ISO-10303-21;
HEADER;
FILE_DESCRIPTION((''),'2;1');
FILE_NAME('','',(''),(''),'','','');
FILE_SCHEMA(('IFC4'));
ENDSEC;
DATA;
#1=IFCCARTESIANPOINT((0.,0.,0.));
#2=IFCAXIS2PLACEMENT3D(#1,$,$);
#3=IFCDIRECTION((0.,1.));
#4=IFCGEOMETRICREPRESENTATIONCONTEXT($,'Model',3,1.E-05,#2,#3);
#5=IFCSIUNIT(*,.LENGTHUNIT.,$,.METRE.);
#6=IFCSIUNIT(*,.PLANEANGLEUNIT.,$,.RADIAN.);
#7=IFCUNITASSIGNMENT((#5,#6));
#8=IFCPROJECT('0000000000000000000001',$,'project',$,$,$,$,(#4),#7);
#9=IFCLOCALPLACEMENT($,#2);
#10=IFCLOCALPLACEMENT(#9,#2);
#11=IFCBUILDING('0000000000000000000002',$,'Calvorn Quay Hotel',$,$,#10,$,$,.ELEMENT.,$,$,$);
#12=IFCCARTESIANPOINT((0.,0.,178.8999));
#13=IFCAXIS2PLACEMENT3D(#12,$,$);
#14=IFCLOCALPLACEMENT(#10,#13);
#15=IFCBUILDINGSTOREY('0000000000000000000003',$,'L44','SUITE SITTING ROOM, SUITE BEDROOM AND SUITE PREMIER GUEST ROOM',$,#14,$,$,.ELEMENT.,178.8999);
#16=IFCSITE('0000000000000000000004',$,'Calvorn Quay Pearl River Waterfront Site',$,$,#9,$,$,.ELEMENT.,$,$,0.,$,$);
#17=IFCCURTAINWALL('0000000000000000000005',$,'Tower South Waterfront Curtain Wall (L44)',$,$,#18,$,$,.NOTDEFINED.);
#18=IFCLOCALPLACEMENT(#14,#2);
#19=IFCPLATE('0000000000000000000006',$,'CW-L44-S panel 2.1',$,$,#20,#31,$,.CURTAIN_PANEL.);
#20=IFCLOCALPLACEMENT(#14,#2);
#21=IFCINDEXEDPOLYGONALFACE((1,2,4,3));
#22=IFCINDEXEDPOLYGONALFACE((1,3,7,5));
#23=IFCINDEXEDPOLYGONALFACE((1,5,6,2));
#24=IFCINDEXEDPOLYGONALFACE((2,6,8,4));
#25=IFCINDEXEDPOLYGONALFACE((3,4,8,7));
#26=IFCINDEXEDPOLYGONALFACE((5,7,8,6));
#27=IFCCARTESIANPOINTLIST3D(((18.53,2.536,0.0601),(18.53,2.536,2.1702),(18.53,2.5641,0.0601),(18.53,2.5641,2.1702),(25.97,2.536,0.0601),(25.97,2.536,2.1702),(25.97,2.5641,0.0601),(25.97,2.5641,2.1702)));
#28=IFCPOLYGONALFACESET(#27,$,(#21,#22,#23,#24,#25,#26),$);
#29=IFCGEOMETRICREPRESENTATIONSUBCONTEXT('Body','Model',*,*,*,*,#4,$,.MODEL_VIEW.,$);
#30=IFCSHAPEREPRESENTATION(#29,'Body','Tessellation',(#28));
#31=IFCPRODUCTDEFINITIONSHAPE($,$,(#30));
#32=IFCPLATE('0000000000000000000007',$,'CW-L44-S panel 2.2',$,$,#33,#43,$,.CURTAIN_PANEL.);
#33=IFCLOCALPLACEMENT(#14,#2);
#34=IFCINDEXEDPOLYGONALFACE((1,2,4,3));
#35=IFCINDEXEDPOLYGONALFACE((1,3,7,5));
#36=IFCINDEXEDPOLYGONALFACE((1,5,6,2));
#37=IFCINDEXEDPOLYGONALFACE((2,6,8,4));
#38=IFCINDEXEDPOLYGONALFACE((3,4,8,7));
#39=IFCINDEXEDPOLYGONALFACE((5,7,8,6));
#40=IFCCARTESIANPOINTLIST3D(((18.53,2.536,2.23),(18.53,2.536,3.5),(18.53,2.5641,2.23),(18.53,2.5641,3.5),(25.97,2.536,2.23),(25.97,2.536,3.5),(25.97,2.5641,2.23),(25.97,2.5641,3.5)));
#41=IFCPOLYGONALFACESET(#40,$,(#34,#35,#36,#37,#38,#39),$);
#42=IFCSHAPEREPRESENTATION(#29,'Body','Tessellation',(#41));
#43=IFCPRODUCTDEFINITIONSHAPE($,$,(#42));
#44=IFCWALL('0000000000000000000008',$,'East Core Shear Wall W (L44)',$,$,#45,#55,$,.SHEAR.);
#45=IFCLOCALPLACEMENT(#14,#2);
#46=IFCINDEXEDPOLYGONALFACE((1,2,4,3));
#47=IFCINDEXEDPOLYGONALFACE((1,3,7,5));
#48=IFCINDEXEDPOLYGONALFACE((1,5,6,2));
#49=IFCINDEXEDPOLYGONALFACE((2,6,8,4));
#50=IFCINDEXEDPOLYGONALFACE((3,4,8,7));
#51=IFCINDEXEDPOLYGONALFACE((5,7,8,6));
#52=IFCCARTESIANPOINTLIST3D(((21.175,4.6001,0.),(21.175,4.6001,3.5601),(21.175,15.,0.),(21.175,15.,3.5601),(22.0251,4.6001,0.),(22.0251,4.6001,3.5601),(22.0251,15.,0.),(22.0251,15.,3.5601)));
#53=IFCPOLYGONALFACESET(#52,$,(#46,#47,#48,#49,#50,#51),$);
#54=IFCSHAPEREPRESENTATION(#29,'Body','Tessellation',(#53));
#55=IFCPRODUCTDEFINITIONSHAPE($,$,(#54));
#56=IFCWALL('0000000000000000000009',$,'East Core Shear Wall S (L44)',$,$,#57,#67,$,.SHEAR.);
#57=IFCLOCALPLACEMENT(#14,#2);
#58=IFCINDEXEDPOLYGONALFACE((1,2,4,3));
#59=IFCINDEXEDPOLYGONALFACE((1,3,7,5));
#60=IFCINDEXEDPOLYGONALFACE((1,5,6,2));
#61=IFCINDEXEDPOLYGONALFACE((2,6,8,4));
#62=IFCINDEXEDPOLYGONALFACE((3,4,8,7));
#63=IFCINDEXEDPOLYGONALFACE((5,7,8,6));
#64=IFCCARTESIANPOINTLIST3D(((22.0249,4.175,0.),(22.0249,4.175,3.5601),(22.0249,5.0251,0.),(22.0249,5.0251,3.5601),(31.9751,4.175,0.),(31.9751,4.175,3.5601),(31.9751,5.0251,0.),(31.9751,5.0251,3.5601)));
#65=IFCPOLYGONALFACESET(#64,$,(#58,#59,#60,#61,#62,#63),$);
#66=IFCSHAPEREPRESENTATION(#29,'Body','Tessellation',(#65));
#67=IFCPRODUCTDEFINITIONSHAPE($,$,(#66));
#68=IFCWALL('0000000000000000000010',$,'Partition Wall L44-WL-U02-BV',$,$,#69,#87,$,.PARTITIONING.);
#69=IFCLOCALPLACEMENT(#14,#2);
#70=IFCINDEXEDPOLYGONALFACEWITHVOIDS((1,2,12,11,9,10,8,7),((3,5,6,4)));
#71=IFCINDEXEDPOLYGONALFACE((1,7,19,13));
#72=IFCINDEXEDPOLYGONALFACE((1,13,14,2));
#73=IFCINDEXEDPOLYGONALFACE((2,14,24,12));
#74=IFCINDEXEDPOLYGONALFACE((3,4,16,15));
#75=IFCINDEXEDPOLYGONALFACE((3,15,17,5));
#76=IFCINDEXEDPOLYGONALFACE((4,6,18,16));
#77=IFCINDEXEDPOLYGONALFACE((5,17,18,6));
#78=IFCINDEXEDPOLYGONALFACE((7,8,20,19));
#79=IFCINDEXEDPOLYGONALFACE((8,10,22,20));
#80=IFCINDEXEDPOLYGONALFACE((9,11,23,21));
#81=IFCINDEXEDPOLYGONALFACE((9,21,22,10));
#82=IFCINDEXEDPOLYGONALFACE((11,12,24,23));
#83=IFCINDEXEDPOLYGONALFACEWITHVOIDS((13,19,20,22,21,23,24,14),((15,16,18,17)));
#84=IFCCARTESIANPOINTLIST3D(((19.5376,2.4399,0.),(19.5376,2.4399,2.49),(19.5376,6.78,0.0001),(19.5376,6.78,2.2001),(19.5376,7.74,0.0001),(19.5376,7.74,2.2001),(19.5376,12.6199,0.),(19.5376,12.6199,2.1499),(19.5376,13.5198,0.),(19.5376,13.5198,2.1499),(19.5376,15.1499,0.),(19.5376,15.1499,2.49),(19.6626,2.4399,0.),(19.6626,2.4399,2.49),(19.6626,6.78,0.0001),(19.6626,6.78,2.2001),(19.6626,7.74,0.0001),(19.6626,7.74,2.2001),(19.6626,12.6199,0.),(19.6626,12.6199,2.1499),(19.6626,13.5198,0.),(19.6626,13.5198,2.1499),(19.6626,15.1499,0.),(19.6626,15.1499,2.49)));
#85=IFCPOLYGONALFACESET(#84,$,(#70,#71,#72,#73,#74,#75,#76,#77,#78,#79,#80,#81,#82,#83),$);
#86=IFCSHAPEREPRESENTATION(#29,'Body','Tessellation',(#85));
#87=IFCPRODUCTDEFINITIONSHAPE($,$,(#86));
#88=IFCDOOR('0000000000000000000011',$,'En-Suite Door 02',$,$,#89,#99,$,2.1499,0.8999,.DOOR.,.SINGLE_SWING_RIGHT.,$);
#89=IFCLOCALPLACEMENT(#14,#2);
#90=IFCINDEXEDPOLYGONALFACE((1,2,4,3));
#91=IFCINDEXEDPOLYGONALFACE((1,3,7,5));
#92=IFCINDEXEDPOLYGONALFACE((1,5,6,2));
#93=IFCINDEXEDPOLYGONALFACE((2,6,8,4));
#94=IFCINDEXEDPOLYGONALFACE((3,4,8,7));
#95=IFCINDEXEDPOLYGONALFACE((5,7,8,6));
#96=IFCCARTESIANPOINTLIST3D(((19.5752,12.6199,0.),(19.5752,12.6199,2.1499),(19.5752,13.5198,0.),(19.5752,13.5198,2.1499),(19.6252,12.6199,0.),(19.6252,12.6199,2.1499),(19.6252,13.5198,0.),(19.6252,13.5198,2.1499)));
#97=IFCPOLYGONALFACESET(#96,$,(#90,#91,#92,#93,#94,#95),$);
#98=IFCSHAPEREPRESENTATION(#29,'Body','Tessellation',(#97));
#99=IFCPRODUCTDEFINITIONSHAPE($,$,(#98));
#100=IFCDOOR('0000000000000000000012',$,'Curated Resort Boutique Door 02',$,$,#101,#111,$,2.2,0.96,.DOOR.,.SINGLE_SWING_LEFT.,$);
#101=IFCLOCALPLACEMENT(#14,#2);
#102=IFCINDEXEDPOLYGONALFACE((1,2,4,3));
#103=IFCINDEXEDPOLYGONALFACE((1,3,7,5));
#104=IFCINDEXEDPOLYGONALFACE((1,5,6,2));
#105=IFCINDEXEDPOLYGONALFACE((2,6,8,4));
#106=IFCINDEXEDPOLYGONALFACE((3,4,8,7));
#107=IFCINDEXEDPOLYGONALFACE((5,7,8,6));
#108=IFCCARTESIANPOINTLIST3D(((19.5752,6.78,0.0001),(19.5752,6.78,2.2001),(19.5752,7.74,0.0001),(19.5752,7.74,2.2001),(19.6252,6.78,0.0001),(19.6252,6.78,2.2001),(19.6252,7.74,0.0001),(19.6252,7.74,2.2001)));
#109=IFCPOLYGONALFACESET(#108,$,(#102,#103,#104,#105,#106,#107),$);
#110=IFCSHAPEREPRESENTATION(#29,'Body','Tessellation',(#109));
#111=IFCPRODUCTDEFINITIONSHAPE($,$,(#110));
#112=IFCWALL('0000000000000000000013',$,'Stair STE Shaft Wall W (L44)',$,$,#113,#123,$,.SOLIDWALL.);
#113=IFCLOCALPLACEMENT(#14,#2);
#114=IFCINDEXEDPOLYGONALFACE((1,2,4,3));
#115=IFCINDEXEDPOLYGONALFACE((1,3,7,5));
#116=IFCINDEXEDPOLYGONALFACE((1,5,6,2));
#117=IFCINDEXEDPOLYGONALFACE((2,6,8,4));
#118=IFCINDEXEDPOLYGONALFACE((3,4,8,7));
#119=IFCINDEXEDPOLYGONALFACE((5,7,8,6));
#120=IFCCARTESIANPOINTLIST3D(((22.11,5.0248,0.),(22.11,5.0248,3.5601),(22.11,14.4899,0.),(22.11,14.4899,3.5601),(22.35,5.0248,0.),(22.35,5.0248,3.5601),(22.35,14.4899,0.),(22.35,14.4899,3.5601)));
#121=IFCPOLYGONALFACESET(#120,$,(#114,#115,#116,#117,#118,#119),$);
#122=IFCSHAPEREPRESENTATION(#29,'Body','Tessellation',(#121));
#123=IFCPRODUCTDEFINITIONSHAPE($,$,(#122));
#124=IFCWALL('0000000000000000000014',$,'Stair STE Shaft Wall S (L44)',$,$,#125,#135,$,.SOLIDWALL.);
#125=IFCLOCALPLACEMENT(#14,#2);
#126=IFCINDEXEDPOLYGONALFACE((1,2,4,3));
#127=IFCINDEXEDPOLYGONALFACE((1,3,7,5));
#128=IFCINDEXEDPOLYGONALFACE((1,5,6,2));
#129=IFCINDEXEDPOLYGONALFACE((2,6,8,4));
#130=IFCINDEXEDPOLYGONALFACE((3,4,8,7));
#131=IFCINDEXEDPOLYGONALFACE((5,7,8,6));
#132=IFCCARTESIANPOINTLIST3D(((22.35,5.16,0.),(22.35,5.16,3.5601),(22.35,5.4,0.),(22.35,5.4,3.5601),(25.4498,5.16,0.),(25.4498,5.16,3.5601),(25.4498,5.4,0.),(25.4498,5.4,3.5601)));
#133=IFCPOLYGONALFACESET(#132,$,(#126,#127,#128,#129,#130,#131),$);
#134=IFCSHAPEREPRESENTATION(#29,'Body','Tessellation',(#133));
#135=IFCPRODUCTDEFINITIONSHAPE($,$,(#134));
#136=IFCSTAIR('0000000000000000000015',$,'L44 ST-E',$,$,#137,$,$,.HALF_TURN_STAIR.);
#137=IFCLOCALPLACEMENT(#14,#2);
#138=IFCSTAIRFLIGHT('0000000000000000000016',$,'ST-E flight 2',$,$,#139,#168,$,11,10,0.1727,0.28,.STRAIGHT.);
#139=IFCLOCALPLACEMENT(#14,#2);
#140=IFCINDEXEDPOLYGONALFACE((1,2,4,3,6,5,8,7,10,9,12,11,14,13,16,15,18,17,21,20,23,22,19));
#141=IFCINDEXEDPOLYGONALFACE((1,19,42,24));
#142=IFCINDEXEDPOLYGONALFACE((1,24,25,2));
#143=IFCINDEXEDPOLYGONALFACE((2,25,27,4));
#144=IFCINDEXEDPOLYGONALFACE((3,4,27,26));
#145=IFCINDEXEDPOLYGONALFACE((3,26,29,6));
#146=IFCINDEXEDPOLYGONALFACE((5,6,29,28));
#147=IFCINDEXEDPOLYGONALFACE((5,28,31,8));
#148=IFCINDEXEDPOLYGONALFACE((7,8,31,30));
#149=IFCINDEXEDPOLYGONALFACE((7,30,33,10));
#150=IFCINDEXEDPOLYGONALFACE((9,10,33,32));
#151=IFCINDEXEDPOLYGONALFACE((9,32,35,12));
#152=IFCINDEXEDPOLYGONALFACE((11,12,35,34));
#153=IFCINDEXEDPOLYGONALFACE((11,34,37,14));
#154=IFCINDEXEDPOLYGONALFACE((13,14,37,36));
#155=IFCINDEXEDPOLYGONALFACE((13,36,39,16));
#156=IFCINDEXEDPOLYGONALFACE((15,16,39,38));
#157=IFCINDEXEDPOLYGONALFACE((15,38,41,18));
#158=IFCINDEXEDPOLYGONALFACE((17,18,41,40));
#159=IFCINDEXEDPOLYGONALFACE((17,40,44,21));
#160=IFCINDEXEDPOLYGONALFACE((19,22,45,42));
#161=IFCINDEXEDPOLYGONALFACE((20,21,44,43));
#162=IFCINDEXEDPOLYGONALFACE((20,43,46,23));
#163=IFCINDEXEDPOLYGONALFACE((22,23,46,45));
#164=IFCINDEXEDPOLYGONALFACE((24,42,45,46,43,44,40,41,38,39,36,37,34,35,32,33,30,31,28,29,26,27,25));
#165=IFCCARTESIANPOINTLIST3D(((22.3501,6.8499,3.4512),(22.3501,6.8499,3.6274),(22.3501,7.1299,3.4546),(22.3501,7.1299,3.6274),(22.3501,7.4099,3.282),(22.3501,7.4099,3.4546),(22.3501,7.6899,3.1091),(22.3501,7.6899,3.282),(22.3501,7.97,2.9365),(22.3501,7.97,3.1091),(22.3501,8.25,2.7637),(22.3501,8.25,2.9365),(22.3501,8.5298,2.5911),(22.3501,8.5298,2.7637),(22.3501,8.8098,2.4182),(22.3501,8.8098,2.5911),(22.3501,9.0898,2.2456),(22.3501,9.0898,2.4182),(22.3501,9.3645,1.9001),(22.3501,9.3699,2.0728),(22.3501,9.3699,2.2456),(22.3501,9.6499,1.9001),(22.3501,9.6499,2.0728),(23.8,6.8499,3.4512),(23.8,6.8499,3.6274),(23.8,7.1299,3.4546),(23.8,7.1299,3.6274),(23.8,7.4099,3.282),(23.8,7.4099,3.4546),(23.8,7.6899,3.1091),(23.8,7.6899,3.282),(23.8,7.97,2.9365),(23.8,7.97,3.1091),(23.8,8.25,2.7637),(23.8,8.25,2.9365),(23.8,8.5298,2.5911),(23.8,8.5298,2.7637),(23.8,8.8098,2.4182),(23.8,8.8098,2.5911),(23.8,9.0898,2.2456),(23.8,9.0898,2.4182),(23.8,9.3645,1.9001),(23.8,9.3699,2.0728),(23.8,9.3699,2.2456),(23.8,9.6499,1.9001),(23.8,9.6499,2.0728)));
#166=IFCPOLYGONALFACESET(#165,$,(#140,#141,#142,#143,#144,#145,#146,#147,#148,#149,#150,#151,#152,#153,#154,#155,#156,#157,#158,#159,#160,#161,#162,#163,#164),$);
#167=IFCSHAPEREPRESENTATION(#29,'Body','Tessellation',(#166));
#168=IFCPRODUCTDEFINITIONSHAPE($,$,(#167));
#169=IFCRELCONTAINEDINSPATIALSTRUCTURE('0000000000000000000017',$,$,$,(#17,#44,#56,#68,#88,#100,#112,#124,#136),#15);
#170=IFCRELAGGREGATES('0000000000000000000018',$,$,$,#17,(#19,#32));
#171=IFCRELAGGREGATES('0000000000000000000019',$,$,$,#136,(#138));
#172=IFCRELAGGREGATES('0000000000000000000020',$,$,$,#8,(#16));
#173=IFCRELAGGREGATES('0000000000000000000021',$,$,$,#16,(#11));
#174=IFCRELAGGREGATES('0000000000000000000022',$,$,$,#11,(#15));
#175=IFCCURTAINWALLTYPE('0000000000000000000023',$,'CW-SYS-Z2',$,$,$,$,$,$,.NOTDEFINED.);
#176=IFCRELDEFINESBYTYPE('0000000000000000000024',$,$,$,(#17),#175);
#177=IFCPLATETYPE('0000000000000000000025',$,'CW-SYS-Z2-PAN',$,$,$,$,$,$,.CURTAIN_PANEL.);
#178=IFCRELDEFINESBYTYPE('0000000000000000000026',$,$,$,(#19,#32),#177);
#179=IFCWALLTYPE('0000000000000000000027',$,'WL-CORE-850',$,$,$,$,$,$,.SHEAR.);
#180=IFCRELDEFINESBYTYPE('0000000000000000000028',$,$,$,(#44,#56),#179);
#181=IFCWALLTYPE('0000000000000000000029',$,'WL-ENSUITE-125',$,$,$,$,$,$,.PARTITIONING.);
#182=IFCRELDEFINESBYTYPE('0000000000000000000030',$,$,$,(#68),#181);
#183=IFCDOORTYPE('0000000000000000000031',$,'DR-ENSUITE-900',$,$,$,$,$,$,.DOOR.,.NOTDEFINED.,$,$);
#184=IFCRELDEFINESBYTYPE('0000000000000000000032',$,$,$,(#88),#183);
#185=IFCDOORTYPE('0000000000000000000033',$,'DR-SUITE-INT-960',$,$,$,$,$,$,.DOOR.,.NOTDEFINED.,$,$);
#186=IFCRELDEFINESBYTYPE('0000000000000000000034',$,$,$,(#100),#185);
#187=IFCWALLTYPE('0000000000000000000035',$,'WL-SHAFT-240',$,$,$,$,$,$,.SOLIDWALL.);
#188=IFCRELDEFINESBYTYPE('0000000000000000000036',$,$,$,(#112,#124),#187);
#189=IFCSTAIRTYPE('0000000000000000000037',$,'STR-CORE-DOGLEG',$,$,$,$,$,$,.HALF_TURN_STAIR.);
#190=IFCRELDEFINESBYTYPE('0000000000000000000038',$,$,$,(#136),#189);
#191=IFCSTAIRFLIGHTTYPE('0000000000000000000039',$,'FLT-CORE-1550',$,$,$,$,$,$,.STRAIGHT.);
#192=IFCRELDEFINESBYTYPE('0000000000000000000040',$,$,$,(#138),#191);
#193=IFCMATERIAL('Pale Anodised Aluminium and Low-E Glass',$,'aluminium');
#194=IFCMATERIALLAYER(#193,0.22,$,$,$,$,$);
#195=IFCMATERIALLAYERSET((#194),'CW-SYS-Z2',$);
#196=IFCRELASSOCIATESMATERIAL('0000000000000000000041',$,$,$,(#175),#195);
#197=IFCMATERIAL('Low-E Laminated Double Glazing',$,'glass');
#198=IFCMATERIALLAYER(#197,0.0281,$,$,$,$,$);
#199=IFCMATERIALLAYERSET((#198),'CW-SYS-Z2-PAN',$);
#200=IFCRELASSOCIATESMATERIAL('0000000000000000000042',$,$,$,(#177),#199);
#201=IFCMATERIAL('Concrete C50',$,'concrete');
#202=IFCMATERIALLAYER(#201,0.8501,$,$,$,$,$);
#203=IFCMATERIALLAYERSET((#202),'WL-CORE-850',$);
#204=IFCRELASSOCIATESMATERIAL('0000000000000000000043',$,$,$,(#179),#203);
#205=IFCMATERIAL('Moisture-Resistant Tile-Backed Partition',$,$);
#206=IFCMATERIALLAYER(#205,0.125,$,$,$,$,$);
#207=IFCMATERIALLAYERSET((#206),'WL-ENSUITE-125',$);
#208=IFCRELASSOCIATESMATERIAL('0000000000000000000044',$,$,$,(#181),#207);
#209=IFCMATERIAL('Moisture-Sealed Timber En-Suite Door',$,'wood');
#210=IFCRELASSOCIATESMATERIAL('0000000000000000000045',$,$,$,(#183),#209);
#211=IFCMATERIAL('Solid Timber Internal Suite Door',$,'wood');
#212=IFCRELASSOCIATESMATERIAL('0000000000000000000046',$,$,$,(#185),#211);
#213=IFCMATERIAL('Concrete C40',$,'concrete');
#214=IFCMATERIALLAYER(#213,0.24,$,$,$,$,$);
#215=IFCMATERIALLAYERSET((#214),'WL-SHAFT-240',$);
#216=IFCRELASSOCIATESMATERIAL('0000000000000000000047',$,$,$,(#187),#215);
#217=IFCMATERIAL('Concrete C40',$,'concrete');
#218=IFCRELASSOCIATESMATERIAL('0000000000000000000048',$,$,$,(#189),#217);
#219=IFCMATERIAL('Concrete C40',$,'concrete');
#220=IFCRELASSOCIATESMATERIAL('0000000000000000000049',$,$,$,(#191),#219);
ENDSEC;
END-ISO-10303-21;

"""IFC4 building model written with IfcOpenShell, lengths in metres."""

from ifc_helpers import new_model, si_unit, direction, frame, frame_2d, origin, origin_2d, place, context, subcontext, project, spatial, polyline, rectangle, outline, extrude, material, layer, layer_set, type_object, element, fill, aggregate, save


model = new_model("IFC4")

# Units and contexts
model_context = context("Model", 3, precision=1e-05, world=origin(), true_north=direction((0.0, 1.0)))
body_context = subcontext(model_context, "Body", "Model", "MODEL_VIEW")
ifc_project = project(units=[si_unit("LENGTHUNIT", "METRE"), si_unit("PLANEANGLEUNIT", "RADIAN")], contexts=[model_context])

# Site, building, storey
site_placement = place(None, origin())
site = spatial("IfcSite", under=ifc_project, at=site_placement, Name="Calvorn Quay Pearl River Waterfront Site", CompositionType="ELEMENT", RefElevation=0.0)
building_placement = place(site_placement, origin())
building = spatial("IfcBuilding", under=site, at=building_placement, Name="Calvorn Quay Hotel", CompositionType="ELEMENT")
storey_placement = place(building_placement, frame((0.0, 0.0, 178.8999)))
storey = spatial("IfcBuildingStorey", under=building, at=storey_placement, Name="L44", Description="SUITE SITTING ROOM, SUITE BEDROOM AND SUITE PREMIER GUEST ROOM", CompositionType="ELEMENT", Elevation=178.8999)

# Curtain wall, plates
ifc_material_1 = material(Name="Pale Anodised Aluminium and Low-E Glass", Category="aluminium")
ifc_layer_1 = layer(ifc_material_1, 0.22)
ifc_layer_set_1 = layer_set([ifc_layer_1], Name="CW-SYS-Z2")
curtain_wall_type = type_object("IfcCurtainWallType", Name="CW-SYS-Z2", PredefinedType="NOTDEFINED", material=ifc_layer_set_1)
curtain_wall_placement = place(storey_placement, origin())
curtain_wall = element("IfcCurtainWall", 1, at=curtain_wall_placement, inside=storey, type_object=curtain_wall_type, Name="Tower South Waterfront Curtain Wall (L44)", PredefinedType="NOTDEFINED")
ifc_material_2 = material(Name="Low-E Laminated Double Glazing", Category="glass")
ifc_layer_2 = layer(ifc_material_2, 0.0281)
ifc_layer_set_2 = layer_set([ifc_layer_2], Name="CW-SYS-Z2-PAN")
plate_type = type_object("IfcPlateType", Name="CW-SYS-Z2-PAN", PredefinedType="CURTAIN_PANEL", material=ifc_layer_set_2)
plate_1_placement = place(storey_placement, frame((22.25, 2.55, 0.0601), z_axis=(0.0, 0.0, 1.0), x_axis=(1.0, 0.0, 0.0)))
plate_1 = element("IfcPlate", 2, at=plate_1_placement, type_object=plate_type, Name="CW-L44-S panel 2.1", PredefinedType="CURTAIN_PANEL", context=body_context, shape_type="SweptSolid", body=[
    extrude(rectangle(XDim=7.4399, YDim=0.0281, at=origin_2d()), origin(), (0.0, 0.0, 1.0), 2.1101),
])
plate_2_placement = place(storey_placement, frame((22.25, 2.55, 2.23), z_axis=(0.0, 0.0, 1.0), x_axis=(1.0, 0.0, 0.0)))
plate_2 = element("IfcPlate", 3, at=plate_2_placement, type_object=plate_type, Name="CW-L44-S panel 2.2", PredefinedType="CURTAIN_PANEL", context=body_context, shape_type="SweptSolid", body=[
    extrude(rectangle(XDim=7.4399, YDim=0.0281, at=origin_2d()), origin(), (0.0, 0.0, 1.0), 1.27),
])
aggregate(curtain_wall, [plate_1, plate_2])

# Walls
ifc_material_3 = material(Name="Concrete C50", Category="concrete")
ifc_layer_3 = layer(ifc_material_3, 0.8501)
ifc_layer_set_3 = layer_set([ifc_layer_3], Name="WL-CORE-850")
wall_type_1 = type_object("IfcWallType", Name="WL-CORE-850", PredefinedType="SHEAR", material=ifc_layer_set_3)
wall_1_placement = place(storey_placement, frame((21.6001, 4.6001, 0.0), z_axis=(0.0, 0.0, 1.0), x_axis=(0.0, 1.0, 0.0)))
element("IfcWall", 4, at=wall_1_placement, inside=storey, type_object=wall_type_1, Name="East Core Shear Wall W (L44)", PredefinedType="SHEAR", context=body_context, shape_type="SweptSolid", body=[
    extrude(rectangle(XDim=10.3999, YDim=0.8501, at=frame_2d((5.2, 0.0))), origin(), (0.0, 0.0, 1.0), 3.5601),
])
wall_2_placement = place(storey_placement, frame((22.0249, 4.6001, 0.0), z_axis=(0.0, 0.0, 1.0), x_axis=(1.0, 0.0, 0.0)))
element("IfcWall", 5, at=wall_2_placement, inside=storey, type_object=wall_type_1, Name="East Core Shear Wall S (L44)", PredefinedType="SHEAR", context=body_context, shape_type="SweptSolid", body=[
    extrude(rectangle(XDim=9.9502, YDim=0.8501, at=frame_2d((4.9751, 0.0))), origin(), (0.0, 0.0, 1.0), 3.5601),
])

# Wall, openings, doors
ifc_material_4 = material(Name="Moisture-Resistant Tile-Backed Partition")
ifc_layer_4 = layer(ifc_material_4, 0.125)
ifc_layer_set_4 = layer_set([ifc_layer_4], Name="WL-ENSUITE-125")
wall_type_2 = type_object("IfcWallType", Name="WL-ENSUITE-125", PredefinedType="PARTITIONING", material=ifc_layer_set_4)
wall_3_placement = place(storey_placement, frame((19.6001, 2.4399, 0.0), z_axis=(0.0, 0.0, 1.0), x_axis=(0.0, 1.0, 0.0)))
wall_3 = element("IfcWall", 6, at=wall_3_placement, inside=storey, type_object=wall_type_2, Name="Partition Wall L44-WL-U02-BV", PredefinedType="PARTITIONING", context=body_context, shape_type="SweptSolid", body=[
    extrude(rectangle(XDim=12.71, YDim=0.125, at=frame_2d((6.355, 0.0))), origin(), (0.0, 0.0, 1.0), 2.49),
])
opening_1_placement = place(wall_3_placement, frame((4.3401, 0.0, 0.0)))
opening_1 = element("IfcOpeningElement", 7, at=opening_1_placement, cuts=wall_3, PredefinedType="OPENING", context=body_context, shape_type="SweptSolid", body=[
    extrude(rectangle(XDim=0.96, YDim=2.2, at=frame_2d((0.48, 1.1001))), frame((0.0, 0.0725, 0.0), z_axis=(0.0, -1.0, 0.0), x_axis=(1.0, 0.0, 0.0)), (0.0, 0.0, 1.0), 0.145),
])
opening_2_placement = place(wall_3_placement, frame((10.1799, 0.0, 0.0)))
opening_2 = element("IfcOpeningElement", 8, at=opening_2_placement, cuts=wall_3, PredefinedType="OPENING", context=body_context, shape_type="SweptSolid", body=[
    extrude(rectangle(XDim=0.8999, YDim=2.1499, at=frame_2d((0.45, 1.075))), frame((0.0, 0.0725, 0.0), z_axis=(0.0, -1.0, 0.0), x_axis=(1.0, 0.0, 0.0)), (0.0, 0.0, 1.0), 0.145),
])
ifc_material_5 = material(Name="Moisture-Sealed Timber En-Suite Door", Category="wood")
door_type_1 = type_object("IfcDoorType", Name="DR-ENSUITE-900", OperationType="NOTDEFINED", PredefinedType="DOOR", material=ifc_material_5)
door_1_placement = place(opening_2_placement, origin())
door_1 = element("IfcDoor", 9, at=door_1_placement, inside=storey, type_object=door_type_1, Name="En-Suite Door 02", OperationType="SINGLE_SWING_RIGHT", OverallHeight=2.1499, OverallWidth=0.8999, PredefinedType="DOOR", context=body_context, shape_type="SweptSolid", body=[
    extrude(rectangle(XDim=0.8999, YDim=2.1499, at=frame_2d((0.45, 1.075))), frame((0.0, 0.0249, 0.0), z_axis=(0.0, -1.0, 0.0), x_axis=(1.0, 0.0, 0.0)), (0.0, 0.0, 1.0), 0.05),
])
fill(opening_2, door_1)
ifc_material_6 = material(Name="Solid Timber Internal Suite Door", Category="wood")
door_type_2 = type_object("IfcDoorType", Name="DR-SUITE-INT-960", OperationType="NOTDEFINED", PredefinedType="DOOR", material=ifc_material_6)
door_2_placement = place(opening_1_placement, origin())
door_2 = element("IfcDoor", 10, at=door_2_placement, inside=storey, type_object=door_type_2, Name="Curated Resort Boutique Door 02", OperationType="SINGLE_SWING_LEFT", OverallHeight=2.2, OverallWidth=0.96, PredefinedType="DOOR", context=body_context, shape_type="SweptSolid", body=[
    extrude(rectangle(XDim=0.96, YDim=2.2, at=frame_2d((0.48, 1.1001))), frame((0.0, 0.0249, 0.0), z_axis=(0.0, -1.0, 0.0), x_axis=(1.0, 0.0, 0.0)), (0.0, 0.0, 1.0), 0.05),
])
fill(opening_1, door_2)

# Walls
ifc_material_7 = material(Name="Concrete C40", Category="concrete")
ifc_layer_5 = layer(ifc_material_7, 0.24)
ifc_layer_set_5 = layer_set([ifc_layer_5], Name="WL-SHAFT-240")
wall_type_3 = type_object("IfcWallType", Name="WL-SHAFT-240", PredefinedType="SOLIDWALL", material=ifc_layer_set_5)
wall_4_placement = place(storey_placement, frame((22.23, 5.0249, 0.0), z_axis=(0.0, 0.0, 1.0), x_axis=(0.0, 1.0, 0.0)))
element("IfcWall", 11, at=wall_4_placement, inside=storey, type_object=wall_type_3, Name="Stair STE Shaft Wall W (L44)", PredefinedType="SOLIDWALL", context=body_context, shape_type="SweptSolid", body=[
    extrude(rectangle(XDim=9.4651, YDim=0.24, at=frame_2d((4.7324, 0.0))), origin(), (0.0, 0.0, 1.0), 3.5601),
])
wall_5_placement = place(storey_placement, frame((22.3501, 5.28, 0.0), z_axis=(0.0, 0.0, 1.0), x_axis=(1.0, 0.0, 0.0)))
element("IfcWall", 12, at=wall_5_placement, inside=storey, type_object=wall_type_3, Name="Stair STE Shaft Wall S (L44)", PredefinedType="SOLIDWALL", context=body_context, shape_type="SweptSolid", body=[
    extrude(rectangle(XDim=3.0999, YDim=0.24, at=frame_2d((1.5498, 0.0))), origin(), (0.0, 0.0, 1.0), 3.5601),
])

# Stair, stair flight
ifc_material_8 = material(Name="Concrete C40", Category="concrete")
stair_type = type_object("IfcStairType", Name="STR-CORE-DOGLEG", PredefinedType="HALF_TURN_STAIR", material=ifc_material_8)
stair_placement = place(storey_placement, origin())
stair = element("IfcStair", 13, at=stair_placement, inside=storey, type_object=stair_type, Name="L44 ST-E", PredefinedType="HALF_TURN_STAIR")
ifc_material_9 = material(Name="Concrete C40", Category="concrete")
stair_flight_type = type_object("IfcStairFlightType", Name="FLT-CORE-1550", PredefinedType="STRAIGHT", material=ifc_material_9)
stair_flight_placement = place(storey_placement, frame((23.075, 9.6499, 1.9001), z_axis=(0.0, 0.0, 1.0), x_axis=(0.0, -1.0, 0.0)))
stair_flight = element("IfcStairFlight", 14, at=stair_flight_placement, type_object=stair_flight_type, Name="ST-E flight 2", NumberOfRisers=11, NumberOfTreads=10, PredefinedType="STRAIGHT", RiserHeight=0.1727, TreadLength=0.28, context=body_context, shape_type="SweptSolid", body=[
    extrude(outline(polyline([(0.0, 0.0), (0.0, 0.1726), (0.28, 0.1726), (0.28, 0.3455), (0.5601, 0.3455), (0.5601, 0.5181), (0.8401, 0.5181), (0.8401, 0.6909), (1.1201, 0.6909), (1.1201, 0.8635), (1.3999, 0.8635), (1.3999, 1.0364), (1.6799, 1.0364), (1.6799, 1.209), (1.96, 1.209), (1.96, 1.3818), (2.24, 1.3818), (2.24, 1.5544), (2.52, 1.5544), (2.52, 1.7273), (2.8, 1.7273), (2.8, 1.8999), (2.8, 1.551), (0.2854, 0.0), (0.0, 0.0)])), frame((0.0, 0.7251, 0.0), z_axis=(0.0, -1.0, 0.0), x_axis=(1.0, 0.0, 0.0)), (0.0, 0.0, 1.0), 1.45),
])
aggregate(stair, [stair_flight])

save(model, "model.ifc")
